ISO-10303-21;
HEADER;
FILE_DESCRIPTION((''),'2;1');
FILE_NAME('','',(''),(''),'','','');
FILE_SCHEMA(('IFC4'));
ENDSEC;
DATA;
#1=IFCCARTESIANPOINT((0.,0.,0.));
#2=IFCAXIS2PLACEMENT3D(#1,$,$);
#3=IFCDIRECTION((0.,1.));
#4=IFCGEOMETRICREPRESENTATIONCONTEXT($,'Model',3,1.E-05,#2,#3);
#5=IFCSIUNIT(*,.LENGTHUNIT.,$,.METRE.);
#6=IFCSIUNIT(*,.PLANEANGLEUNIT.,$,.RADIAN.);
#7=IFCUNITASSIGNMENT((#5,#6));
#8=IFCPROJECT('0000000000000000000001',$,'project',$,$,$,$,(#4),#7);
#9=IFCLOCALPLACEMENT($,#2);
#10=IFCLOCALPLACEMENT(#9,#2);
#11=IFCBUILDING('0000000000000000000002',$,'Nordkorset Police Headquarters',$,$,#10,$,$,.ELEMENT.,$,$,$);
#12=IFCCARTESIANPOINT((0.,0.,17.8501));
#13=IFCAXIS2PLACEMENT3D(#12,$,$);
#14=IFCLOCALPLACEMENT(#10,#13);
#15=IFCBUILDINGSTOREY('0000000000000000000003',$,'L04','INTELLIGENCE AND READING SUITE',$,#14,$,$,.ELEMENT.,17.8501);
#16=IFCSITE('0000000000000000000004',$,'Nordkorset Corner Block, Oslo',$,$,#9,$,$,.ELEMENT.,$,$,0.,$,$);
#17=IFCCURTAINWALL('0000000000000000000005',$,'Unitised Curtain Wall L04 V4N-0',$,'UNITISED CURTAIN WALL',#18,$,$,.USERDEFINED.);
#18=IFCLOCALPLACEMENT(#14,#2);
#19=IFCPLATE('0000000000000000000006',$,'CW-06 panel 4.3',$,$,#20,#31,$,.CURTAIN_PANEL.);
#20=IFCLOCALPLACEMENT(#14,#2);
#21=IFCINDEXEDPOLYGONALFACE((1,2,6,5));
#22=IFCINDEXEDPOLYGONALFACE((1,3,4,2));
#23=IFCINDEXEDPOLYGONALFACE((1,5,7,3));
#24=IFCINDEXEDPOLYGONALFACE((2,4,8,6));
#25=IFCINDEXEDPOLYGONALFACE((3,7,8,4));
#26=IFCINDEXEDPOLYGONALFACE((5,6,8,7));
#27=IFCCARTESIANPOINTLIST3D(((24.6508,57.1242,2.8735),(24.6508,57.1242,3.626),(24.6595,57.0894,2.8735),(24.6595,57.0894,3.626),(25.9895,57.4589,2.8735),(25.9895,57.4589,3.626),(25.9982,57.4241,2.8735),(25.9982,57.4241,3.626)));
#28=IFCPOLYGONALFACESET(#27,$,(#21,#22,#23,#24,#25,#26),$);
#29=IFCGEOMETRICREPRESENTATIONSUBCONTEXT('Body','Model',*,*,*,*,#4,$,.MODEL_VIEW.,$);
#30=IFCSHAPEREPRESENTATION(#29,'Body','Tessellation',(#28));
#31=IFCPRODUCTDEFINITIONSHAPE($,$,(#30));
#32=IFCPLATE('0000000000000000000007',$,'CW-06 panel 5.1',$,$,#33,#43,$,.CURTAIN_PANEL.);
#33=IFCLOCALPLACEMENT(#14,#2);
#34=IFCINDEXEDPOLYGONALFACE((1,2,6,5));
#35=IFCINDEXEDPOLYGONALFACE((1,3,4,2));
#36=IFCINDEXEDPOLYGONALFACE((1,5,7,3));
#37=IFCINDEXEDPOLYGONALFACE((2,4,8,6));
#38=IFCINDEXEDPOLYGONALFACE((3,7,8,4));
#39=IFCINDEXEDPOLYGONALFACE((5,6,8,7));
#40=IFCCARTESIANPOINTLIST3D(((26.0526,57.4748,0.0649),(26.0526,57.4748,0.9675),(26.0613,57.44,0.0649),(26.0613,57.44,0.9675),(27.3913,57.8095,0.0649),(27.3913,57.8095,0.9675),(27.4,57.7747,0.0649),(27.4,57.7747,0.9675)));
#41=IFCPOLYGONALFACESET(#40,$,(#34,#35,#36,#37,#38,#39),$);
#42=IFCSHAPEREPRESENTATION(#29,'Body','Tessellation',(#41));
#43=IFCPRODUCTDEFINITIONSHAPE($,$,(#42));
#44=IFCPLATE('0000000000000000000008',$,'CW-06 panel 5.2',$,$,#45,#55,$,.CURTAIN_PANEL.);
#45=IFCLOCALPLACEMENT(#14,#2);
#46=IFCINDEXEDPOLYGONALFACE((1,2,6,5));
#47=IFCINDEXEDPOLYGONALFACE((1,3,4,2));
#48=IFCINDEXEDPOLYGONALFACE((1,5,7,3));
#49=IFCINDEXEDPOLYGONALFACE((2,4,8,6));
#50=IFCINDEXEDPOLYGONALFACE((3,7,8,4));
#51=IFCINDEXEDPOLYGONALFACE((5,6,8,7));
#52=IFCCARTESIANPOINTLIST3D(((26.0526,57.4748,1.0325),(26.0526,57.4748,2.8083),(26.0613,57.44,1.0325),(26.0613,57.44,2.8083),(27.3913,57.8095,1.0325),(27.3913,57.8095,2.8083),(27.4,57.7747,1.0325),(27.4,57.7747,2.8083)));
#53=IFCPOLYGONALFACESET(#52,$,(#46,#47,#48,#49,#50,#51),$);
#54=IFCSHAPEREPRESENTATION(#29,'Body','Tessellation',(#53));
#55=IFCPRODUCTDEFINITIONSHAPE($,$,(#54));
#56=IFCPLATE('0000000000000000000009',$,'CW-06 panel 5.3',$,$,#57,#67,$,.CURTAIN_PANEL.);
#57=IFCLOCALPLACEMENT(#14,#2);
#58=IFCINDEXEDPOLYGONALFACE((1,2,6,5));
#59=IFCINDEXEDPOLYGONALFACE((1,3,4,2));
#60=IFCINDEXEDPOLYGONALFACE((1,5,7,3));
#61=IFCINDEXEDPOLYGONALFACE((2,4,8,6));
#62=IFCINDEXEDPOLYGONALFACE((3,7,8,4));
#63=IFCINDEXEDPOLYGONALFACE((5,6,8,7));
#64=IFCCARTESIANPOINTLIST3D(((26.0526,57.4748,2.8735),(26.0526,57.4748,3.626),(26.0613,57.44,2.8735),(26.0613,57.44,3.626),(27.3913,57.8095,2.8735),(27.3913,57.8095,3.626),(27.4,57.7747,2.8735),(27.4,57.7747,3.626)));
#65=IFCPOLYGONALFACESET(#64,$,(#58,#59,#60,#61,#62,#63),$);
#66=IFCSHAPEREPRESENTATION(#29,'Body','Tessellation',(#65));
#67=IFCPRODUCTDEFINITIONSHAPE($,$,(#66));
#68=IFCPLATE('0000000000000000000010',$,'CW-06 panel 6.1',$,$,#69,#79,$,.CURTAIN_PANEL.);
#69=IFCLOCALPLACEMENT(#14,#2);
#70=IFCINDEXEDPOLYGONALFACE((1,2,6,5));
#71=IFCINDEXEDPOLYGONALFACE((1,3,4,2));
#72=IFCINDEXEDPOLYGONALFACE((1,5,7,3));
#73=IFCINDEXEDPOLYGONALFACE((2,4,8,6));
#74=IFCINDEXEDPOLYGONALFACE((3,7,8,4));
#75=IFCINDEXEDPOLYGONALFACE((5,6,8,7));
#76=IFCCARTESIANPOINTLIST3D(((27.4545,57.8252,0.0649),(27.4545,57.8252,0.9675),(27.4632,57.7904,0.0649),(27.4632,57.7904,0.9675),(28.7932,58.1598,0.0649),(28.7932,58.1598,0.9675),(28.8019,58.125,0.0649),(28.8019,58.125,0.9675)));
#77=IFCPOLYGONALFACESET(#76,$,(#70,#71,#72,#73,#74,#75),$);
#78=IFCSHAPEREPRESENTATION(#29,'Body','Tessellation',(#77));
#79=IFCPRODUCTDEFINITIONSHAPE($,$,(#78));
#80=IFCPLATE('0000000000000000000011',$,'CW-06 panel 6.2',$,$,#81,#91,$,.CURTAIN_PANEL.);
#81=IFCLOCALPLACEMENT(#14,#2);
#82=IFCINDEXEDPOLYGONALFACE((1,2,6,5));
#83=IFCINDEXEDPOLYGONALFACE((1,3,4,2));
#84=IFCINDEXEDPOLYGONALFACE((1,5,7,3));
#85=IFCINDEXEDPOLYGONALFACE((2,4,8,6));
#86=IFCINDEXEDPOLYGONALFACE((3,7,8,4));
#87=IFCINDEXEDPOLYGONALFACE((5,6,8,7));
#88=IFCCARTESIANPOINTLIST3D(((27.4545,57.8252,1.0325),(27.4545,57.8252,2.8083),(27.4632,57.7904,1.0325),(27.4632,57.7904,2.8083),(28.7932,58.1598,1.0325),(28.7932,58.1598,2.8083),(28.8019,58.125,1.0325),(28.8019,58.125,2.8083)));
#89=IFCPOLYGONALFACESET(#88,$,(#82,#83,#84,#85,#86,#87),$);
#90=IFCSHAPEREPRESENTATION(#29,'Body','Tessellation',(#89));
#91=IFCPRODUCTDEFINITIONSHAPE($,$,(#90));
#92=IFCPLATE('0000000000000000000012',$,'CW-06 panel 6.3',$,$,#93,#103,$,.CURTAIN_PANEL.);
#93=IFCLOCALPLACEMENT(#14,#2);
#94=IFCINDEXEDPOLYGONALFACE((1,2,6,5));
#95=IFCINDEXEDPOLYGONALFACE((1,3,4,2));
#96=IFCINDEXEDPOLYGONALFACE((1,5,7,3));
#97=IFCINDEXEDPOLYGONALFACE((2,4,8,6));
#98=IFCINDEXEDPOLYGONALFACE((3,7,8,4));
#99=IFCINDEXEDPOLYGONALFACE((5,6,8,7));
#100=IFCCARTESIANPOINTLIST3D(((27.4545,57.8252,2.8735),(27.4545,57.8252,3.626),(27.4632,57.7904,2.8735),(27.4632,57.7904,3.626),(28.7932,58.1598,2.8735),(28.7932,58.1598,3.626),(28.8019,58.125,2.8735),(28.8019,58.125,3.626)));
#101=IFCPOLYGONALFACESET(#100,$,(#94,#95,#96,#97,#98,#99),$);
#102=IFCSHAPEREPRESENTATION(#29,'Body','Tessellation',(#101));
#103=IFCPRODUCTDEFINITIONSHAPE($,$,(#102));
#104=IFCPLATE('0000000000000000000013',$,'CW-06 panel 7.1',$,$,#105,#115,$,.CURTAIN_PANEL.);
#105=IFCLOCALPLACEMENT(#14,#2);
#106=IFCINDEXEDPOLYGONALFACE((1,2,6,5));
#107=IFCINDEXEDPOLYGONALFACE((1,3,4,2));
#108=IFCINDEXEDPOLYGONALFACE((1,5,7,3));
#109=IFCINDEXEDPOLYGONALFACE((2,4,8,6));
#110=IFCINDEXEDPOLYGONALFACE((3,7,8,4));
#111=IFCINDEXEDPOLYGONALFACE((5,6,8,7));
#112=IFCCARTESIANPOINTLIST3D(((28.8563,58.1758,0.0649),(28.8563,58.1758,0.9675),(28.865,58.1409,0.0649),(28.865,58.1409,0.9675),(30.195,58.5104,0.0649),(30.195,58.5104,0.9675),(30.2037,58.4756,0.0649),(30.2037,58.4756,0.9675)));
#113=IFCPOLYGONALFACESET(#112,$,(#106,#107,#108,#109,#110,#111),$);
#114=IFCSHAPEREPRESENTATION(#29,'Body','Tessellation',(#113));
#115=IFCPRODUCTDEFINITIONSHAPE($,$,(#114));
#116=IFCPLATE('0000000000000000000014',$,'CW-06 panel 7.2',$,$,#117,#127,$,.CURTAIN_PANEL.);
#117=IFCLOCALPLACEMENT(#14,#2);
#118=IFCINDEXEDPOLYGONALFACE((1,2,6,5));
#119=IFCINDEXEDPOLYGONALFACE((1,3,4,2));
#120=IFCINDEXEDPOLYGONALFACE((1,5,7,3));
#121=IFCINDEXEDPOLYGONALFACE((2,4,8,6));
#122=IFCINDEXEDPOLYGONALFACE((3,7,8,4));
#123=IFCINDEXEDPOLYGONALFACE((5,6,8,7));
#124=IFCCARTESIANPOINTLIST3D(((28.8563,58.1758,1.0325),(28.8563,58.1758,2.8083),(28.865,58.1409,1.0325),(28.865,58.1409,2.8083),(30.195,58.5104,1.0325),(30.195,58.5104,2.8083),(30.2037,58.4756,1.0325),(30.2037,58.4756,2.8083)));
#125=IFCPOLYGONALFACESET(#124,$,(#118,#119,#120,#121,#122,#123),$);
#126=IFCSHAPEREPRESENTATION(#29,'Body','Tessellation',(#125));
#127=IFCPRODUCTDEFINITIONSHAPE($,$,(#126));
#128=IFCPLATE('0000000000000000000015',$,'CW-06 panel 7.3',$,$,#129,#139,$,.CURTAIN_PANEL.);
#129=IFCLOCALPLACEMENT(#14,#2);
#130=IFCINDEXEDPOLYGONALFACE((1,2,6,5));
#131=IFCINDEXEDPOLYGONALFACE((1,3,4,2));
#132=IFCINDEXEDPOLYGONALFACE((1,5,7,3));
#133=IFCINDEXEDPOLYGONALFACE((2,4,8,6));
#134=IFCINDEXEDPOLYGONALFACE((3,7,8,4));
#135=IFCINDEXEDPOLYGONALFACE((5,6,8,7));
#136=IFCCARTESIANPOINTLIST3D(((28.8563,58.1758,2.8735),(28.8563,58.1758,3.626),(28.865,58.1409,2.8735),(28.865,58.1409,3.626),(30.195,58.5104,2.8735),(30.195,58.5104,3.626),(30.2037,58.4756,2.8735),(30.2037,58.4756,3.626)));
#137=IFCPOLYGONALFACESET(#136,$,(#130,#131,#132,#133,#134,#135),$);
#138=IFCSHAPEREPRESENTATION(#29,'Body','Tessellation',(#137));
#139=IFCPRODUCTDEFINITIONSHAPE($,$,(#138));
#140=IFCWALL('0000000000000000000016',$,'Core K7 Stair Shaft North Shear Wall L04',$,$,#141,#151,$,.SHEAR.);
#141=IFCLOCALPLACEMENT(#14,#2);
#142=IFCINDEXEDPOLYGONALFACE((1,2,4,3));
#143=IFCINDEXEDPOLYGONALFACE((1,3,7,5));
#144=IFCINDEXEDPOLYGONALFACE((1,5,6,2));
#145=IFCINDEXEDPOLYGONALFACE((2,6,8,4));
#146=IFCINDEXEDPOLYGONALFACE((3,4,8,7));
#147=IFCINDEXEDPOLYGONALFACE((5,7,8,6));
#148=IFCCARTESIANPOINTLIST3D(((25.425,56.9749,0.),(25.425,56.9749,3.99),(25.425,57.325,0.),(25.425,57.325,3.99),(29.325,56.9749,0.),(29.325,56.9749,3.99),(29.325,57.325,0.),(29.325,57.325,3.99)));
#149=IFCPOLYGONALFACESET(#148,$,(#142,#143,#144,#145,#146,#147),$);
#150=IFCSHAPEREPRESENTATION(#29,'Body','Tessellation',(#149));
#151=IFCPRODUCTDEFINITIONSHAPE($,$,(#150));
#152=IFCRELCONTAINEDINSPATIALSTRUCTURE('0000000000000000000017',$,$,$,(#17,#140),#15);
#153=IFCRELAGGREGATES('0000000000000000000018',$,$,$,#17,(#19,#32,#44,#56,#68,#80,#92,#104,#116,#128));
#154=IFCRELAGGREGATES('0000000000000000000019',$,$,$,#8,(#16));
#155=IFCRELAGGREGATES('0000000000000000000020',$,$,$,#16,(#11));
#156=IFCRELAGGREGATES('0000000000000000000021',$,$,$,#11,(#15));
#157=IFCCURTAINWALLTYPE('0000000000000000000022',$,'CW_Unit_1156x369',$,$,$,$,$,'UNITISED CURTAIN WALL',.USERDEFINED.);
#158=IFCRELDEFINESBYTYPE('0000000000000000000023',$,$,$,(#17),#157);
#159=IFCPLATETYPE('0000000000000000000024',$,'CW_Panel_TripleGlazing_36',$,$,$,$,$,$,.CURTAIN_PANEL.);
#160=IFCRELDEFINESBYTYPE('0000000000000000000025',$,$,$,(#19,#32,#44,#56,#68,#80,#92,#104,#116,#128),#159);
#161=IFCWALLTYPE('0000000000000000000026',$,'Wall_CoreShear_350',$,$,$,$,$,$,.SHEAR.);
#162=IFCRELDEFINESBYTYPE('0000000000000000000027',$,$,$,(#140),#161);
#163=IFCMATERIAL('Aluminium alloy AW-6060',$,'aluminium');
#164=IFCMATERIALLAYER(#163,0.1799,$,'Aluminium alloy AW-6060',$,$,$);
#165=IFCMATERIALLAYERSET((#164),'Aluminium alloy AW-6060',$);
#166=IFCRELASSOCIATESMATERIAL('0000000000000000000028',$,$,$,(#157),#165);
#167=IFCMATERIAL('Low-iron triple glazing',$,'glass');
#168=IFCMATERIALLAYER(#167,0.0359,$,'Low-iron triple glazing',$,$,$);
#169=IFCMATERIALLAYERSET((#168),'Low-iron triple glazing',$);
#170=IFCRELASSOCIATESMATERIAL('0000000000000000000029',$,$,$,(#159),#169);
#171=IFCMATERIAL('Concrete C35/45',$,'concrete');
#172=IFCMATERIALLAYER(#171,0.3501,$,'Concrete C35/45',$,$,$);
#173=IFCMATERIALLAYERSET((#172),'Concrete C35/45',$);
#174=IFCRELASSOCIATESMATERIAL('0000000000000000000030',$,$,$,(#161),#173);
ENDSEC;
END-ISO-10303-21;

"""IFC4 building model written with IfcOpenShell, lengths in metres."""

from ifc_helpers import new_model, si_unit, direction, frame, frame_2d, origin, origin_2d, place, context, subcontext, project, spatial, rectangle, extrude, material, layer, layer_set, type_object, element, aggregate, save


model = new_model("IFC4")

# Units and contexts
model_context = context("Model", 3, precision=1e-05, world=origin(), true_north=direction((0.0, 1.0)))
body_context = subcontext(model_context, "Body", "Model", "MODEL_VIEW")
ifc_project = project(units=[si_unit("LENGTHUNIT", "METRE"), si_unit("PLANEANGLEUNIT", "RADIAN")], contexts=[model_context])

# Site, building, storey
site_placement = place(None, origin())
site = spatial("IfcSite", under=ifc_project, at=site_placement, Name="Nordkorset Corner Block, Oslo", CompositionType="ELEMENT", RefElevation=0.0)
building_placement = place(site_placement, origin())
building = spatial("IfcBuilding", under=site, at=building_placement, Name="Nordkorset Police Headquarters", CompositionType="ELEMENT")
storey_placement = place(building_placement, frame((0.0, 0.0, 17.8501)))
storey = spatial("IfcBuildingStorey", under=building, at=storey_placement, Name="L04", Description="INTELLIGENCE AND READING SUITE", CompositionType="ELEMENT", Elevation=17.8501)

# Curtain wall, plates
ifc_material_1 = material(Name="Aluminium alloy AW-6060", Category="aluminium")
ifc_layer_1 = layer(ifc_material_1, 0.1799, Name="Aluminium alloy AW-6060")
ifc_layer_set_1 = layer_set([ifc_layer_1], Name="Aluminium alloy AW-6060")
curtain_wall_type = type_object("IfcCurtainWallType", Name="CW_Unit_1156x369", ElementType="UNITISED CURTAIN WALL", PredefinedType="USERDEFINED", material=ifc_layer_set_1)
curtain_wall_placement = place(storey_placement, origin())
curtain_wall = element("IfcCurtainWall", 1, at=curtain_wall_placement, inside=storey, type_object=curtain_wall_type, Name="Unitised Curtain Wall L04 V4N-0", ObjectType="UNITISED CURTAIN WALL", PredefinedType="USERDEFINED")
ifc_material_2 = material(Name="Low-iron triple glazing", Category="glass")
ifc_layer_2 = layer(ifc_material_2, 0.0359, Name="Low-iron triple glazing")
ifc_layer_set_2 = layer_set([ifc_layer_2], Name="Low-iron triple glazing")
plate_type = type_object("IfcPlateType", Name="CW_Panel_TripleGlazing_36", PredefinedType="CURTAIN_PANEL", material=ifc_layer_set_2)
plate_1_placement = place(storey_placement, frame((25.3245, 57.2742, 2.8735), z_axis=(0.0, 0.0, 1.0), x_axis=(0.970142, 0.242536, 0.0)))
plate_1 = element("IfcPlate", 2, at=plate_1_placement, type_object=plate_type, Name="CW-06 panel 4.3", PredefinedType="CURTAIN_PANEL", context=body_context, shape_type="SweptSolid", body=[
    extrude(rectangle(XDim=1.3799, YDim=0.0359, at=origin_2d()), origin(), (0.0, 0.0, 1.0), 0.7524),
])
plate_2_placement = place(storey_placement, frame((26.7263, 57.6248, 0.0649), z_axis=(0.0, 0.0, 1.0), x_axis=(0.970142, 0.242536, 0.0)))
plate_2 = element("IfcPlate", 3, at=plate_2_placement, type_object=plate_type, Name="CW-06 panel 5.1", PredefinedType="CURTAIN_PANEL", context=body_context, shape_type="SweptSolid", body=[
    extrude(rectangle(XDim=1.3799, YDim=0.0359, at=origin_2d()), origin(), (0.0, 0.0, 1.0), 0.9026),
])
plate_3_placement = place(storey_placement, frame((26.7263, 57.6248, 1.0325), z_axis=(0.0, 0.0, 1.0), x_axis=(0.970142, 0.242536, 0.0)))
plate_3 = element("IfcPlate", 4, at=plate_3_placement, type_object=plate_type, Name="CW-06 panel 5.2", PredefinedType="CURTAIN_PANEL", context=body_context, shape_type="SweptSolid", body=[
    extrude(rectangle(XDim=1.3799, YDim=0.0359, at=origin_2d()), origin(), (0.0, 0.0, 1.0), 1.7759),
])
plate_4_placement = place(storey_placement, frame((26.7263, 57.6248, 2.8735), z_axis=(0.0, 0.0, 1.0), x_axis=(0.970142, 0.242536, 0.0)))
plate_4 = element("IfcPlate", 5, at=plate_4_placement, type_object=plate_type, Name="CW-06 panel 5.3", PredefinedType="CURTAIN_PANEL", context=body_context, shape_type="SweptSolid", body=[
    extrude(rectangle(XDim=1.3799, YDim=0.0359, at=origin_2d()), origin(), (0.0, 0.0, 1.0), 0.7524),
])
plate_5_placement = place(storey_placement, frame((28.1282, 57.9751, 0.0649), z_axis=(0.0, 0.0, 1.0), x_axis=(0.970142, 0.242536, 0.0)))
plate_5 = element("IfcPlate", 6, at=plate_5_placement, type_object=plate_type, Name="CW-06 panel 6.1", PredefinedType="CURTAIN_PANEL", context=body_context, shape_type="SweptSolid", body=[
    extrude(rectangle(XDim=1.3799, YDim=0.0359, at=origin_2d()), origin(), (0.0, 0.0, 1.0), 0.9026),
])
plate_6_placement = place(storey_placement, frame((28.1282, 57.9751, 1.0325), z_axis=(0.0, 0.0, 1.0), x_axis=(0.970142, 0.242536, 0.0)))
plate_6 = element("IfcPlate", 7, at=plate_6_placement, type_object=plate_type, Name="CW-06 panel 6.2", PredefinedType="CURTAIN_PANEL", context=body_context, shape_type="SweptSolid", body=[
    extrude(rectangle(XDim=1.3799, YDim=0.0359, at=origin_2d()), origin(), (0.0, 0.0, 1.0), 1.7759),
])
plate_7_placement = place(storey_placement, frame((28.1282, 57.9751, 2.8735), z_axis=(0.0, 0.0, 1.0), x_axis=(0.970142, 0.242536, 0.0)))
plate_7 = element("IfcPlate", 8, at=plate_7_placement, type_object=plate_type, Name="CW-06 panel 6.3", PredefinedType="CURTAIN_PANEL", context=body_context, shape_type="SweptSolid", body=[
    extrude(rectangle(XDim=1.3799, YDim=0.0359, at=origin_2d()), origin(), (0.0, 0.0, 1.0), 0.7524),
])
plate_8_placement = place(storey_placement, frame((29.53, 58.3257, 0.0649), z_axis=(0.0, 0.0, 1.0), x_axis=(0.970142, 0.242536, 0.0)))
plate_8 = element("IfcPlate", 9, at=plate_8_placement, type_object=plate_type, Name="CW-06 panel 7.1", PredefinedType="CURTAIN_PANEL", context=body_context, shape_type="SweptSolid", body=[
    extrude(rectangle(XDim=1.3799, YDim=0.0359, at=origin_2d()), origin(), (0.0, 0.0, 1.0), 0.9026),
])
plate_9_placement = place(storey_placement, frame((29.53, 58.3257, 1.0325), z_axis=(0.0, 0.0, 1.0), x_axis=(0.970142, 0.242536, 0.0)))
plate_9 = element("IfcPlate", 10, at=plate_9_placement, type_object=plate_type, Name="CW-06 panel 7.2", PredefinedType="CURTAIN_PANEL", context=body_context, shape_type="SweptSolid", body=[
    extrude(rectangle(XDim=1.3799, YDim=0.0359, at=origin_2d()), origin(), (0.0, 0.0, 1.0), 1.7759),
])
plate_10_placement = place(storey_placement, frame((29.53, 58.3257, 2.8735), z_axis=(0.0, 0.0, 1.0), x_axis=(0.970142, 0.242536, 0.0)))
plate_10 = element("IfcPlate", 11, at=plate_10_placement, type_object=plate_type, Name="CW-06 panel 7.3", PredefinedType="CURTAIN_PANEL", context=body_context, shape_type="SweptSolid", body=[
    extrude(rectangle(XDim=1.3799, YDim=0.0359, at=origin_2d()), origin(), (0.0, 0.0, 1.0), 0.7524),
])
aggregate(curtain_wall, [plate_1, plate_2, plate_3, plate_4, plate_5, plate_6, plate_7, plate_8, plate_9, plate_10])

# Wall
ifc_material_3 = material(Name="Concrete C35/45", Category="concrete")
ifc_layer_3 = layer(ifc_material_3, 0.3501, Name="Concrete C35/45")
ifc_layer_set_3 = layer_set([ifc_layer_3], Name="Concrete C35/45")
wall_type = type_object("IfcWallType", Name="Wall_CoreShear_350", PredefinedType="SHEAR", material=ifc_layer_set_3)
wall_placement = place(storey_placement, frame((25.425, 57.1499, 0.0), z_axis=(0.0, 0.0, 1.0), x_axis=(1.0, 0.0, 0.0)))
element("IfcWall", 12, at=wall_placement, inside=storey, type_object=wall_type, Name="Core K7 Stair Shaft North Shear Wall L04", PredefinedType="SHEAR", context=body_context, shape_type="SweptSolid", body=[
    extrude(rectangle(XDim=3.8999, YDim=0.3501, at=frame_2d((1.95, 0.0))), origin(), (0.0, 0.0, 1.0), 3.99),
])

save(model, "model.ifc")
